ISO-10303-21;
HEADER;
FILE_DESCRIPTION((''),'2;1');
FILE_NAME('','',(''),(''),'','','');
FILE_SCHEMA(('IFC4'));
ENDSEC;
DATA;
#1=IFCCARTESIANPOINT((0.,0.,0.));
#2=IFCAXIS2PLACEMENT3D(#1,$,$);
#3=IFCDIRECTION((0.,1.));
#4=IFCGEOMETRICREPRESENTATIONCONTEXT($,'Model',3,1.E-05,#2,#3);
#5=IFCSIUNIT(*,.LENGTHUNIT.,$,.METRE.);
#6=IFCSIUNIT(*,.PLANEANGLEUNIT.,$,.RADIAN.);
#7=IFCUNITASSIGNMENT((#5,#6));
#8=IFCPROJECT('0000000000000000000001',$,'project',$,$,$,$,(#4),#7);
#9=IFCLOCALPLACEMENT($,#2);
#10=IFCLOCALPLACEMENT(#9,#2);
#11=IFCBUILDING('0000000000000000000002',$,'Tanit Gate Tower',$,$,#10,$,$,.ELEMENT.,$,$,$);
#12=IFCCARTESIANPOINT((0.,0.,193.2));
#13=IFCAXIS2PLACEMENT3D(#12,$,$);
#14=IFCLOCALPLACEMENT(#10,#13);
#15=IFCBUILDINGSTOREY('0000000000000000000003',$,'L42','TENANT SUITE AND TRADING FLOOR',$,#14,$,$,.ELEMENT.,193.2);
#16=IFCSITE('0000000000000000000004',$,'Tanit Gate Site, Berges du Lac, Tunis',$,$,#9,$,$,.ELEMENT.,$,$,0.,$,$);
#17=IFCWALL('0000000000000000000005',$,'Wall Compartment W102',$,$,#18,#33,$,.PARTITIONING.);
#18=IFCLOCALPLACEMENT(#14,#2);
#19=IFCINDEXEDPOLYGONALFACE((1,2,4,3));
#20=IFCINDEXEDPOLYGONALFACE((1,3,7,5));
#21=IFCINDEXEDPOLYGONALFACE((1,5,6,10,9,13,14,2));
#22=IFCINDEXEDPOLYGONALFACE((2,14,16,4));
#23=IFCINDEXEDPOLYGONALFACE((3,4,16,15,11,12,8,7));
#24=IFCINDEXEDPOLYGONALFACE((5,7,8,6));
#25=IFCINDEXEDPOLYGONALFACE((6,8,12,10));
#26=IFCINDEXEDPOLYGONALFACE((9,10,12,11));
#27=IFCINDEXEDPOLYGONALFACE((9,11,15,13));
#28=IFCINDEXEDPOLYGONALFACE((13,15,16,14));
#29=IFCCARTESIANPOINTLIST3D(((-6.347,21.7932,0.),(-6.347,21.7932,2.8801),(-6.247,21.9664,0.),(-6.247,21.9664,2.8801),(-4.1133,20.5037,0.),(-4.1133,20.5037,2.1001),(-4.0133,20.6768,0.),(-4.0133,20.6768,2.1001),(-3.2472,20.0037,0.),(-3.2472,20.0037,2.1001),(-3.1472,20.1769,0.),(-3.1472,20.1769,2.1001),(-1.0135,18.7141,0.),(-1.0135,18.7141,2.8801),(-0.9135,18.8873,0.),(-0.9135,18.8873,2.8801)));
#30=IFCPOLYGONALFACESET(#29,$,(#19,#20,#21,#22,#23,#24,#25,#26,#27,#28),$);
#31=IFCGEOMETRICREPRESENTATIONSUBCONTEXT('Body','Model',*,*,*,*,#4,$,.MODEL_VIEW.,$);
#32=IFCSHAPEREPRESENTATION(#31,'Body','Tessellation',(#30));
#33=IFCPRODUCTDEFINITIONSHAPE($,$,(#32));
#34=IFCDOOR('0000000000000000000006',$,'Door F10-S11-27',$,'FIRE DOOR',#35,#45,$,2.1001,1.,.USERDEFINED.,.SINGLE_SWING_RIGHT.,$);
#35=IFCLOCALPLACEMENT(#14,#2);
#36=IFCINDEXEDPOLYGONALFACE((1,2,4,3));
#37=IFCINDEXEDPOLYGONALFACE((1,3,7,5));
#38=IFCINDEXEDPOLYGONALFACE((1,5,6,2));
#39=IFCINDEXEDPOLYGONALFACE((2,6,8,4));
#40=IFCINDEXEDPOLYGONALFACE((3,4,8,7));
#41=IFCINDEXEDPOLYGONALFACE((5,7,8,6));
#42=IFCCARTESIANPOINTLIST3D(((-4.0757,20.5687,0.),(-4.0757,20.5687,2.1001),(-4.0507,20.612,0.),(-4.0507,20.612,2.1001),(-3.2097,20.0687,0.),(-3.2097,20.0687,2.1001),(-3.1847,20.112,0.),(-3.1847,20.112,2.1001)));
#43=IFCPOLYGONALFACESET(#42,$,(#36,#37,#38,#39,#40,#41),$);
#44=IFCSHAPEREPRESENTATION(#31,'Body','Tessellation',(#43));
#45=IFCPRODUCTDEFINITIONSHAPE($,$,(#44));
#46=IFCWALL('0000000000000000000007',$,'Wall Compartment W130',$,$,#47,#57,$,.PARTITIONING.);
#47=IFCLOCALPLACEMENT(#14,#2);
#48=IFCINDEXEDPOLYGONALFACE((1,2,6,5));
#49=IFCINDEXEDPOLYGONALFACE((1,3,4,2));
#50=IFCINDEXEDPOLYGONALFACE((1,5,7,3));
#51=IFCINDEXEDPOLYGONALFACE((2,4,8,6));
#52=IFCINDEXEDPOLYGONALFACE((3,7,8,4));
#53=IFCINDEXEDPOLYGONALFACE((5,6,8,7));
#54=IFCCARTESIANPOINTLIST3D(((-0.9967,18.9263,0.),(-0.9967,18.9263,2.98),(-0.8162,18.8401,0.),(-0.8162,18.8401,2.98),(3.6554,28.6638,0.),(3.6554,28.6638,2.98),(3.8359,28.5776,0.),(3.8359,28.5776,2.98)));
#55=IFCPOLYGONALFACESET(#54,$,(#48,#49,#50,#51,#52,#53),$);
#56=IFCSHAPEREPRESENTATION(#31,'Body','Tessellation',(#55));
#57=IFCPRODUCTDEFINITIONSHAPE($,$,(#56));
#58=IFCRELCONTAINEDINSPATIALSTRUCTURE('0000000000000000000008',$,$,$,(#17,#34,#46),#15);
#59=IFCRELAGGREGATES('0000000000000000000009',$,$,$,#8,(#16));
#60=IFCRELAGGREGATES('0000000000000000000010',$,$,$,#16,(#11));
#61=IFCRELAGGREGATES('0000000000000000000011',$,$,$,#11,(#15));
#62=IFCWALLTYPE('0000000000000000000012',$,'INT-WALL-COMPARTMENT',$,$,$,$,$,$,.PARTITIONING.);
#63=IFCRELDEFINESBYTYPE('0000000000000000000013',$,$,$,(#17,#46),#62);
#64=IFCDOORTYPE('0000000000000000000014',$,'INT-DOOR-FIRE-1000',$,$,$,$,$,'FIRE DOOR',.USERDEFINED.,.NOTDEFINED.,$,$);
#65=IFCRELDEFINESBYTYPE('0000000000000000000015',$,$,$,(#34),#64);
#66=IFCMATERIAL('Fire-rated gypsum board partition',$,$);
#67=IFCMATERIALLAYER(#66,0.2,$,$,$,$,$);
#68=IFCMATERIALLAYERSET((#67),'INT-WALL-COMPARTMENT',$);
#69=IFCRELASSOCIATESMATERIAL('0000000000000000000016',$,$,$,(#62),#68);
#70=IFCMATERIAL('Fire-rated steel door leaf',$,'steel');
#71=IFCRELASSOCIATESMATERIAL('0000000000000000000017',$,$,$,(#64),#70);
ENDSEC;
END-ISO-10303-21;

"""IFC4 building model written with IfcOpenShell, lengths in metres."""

from ifc_helpers import new_model, si_unit, direction, frame, frame_2d, origin, place, context, subcontext, project, spatial, rectangle, extrude, material, layer, layer_set, type_object, element, fill, save


model = new_model("IFC4")

# Units and contexts
model_context = context("Model", 3, precision=1e-05, world=origin(), true_north=direction((0.0, 1.0)))
body_context = subcontext(model_context, "Body", "Model", "MODEL_VIEW")
ifc_project = project(units=[si_unit("LENGTHUNIT", "METRE"), si_unit("PLANEANGLEUNIT", "RADIAN")], contexts=[model_context])

# Site, building, storey
site_placement = place(None, origin())
site = spatial("IfcSite", under=ifc_project, at=site_placement, Name="Tanit Gate Site, Berges du Lac, Tunis", CompositionType="ELEMENT", RefElevation=0.0)
building_placement = place(site_placement, origin())
building = spatial("IfcBuilding", under=site, at=building_placement, Name="Tanit Gate Tower", CompositionType="ELEMENT")
storey_placement = place(building_placement, frame((0.0, 0.0, 193.2)))
storey = spatial("IfcBuildingStorey", under=building, at=storey_placement, Name="L42", Description="TENANT SUITE AND TRADING FLOOR", CompositionType="ELEMENT", Elevation=193.2)

# Shared definitions
ifc_material_1 = material(Name="Fire-rated gypsum board partition")
ifc_layer_1 = layer(ifc_material_1, 0.2)
ifc_layer_set_1 = layer_set([ifc_layer_1], Name="INT-WALL-COMPARTMENT")
wall_type = type_object("IfcWallType", Name="INT-WALL-COMPARTMENT", PredefinedType="PARTITIONING", material=ifc_layer_set_1)

# Wall, opening, door
wall_1_placement = place(storey_placement, frame((-0.9636, 18.8008, 0.0), z_axis=(0.0, 0.0, 1.0), x_axis=(-0.866039, 0.499976, 0.0)))
wall_1 = element("IfcWall", 1, at=wall_1_placement, inside=storey, type_object=wall_type, Name="Wall Compartment W102", PredefinedType="PARTITIONING", context=body_context, shape_type="SweptSolid", body=[
    extrude(rectangle(XDim=6.1584, YDim=0.2, at=frame_2d((3.0791, 0.0))), origin(), (0.0, 0.0, 1.0), 2.8801),
])
opening_1_placement = place(wall_1_placement, frame((2.5791, 0.0, 0.0)))
opening_1 = element("IfcOpeningElement", 2, at=opening_1_placement, cuts=wall_1, PredefinedType="OPENING", context=body_context, shape_type="SweptSolid", body=[
    extrude(rectangle(XDim=1.0, YDim=2.1001, at=frame_2d((0.5, 1.05))), frame((0.0, 0.1099, 0.0), z_axis=(0.0, -1.0, 0.0), x_axis=(1.0, 0.0, 0.0)), (0.0, 0.0, 1.0), 0.22),
])
ifc_material_2 = material(Name="Fire-rated steel door leaf", Category="steel")
door_type_1 = type_object("IfcDoorType", Name="INT-DOOR-FIRE-1000", ElementType="FIRE DOOR", OperationType="NOTDEFINED", PredefinedType="USERDEFINED", material=ifc_material_2)
door_1_placement = place(opening_1_placement, origin())
door_1 = element("IfcDoor", 3, at=door_1_placement, inside=storey, type_object=door_type_1, Name="Door F10-S11-27", ObjectType="FIRE DOOR", OperationType="SINGLE_SWING_RIGHT", OverallHeight=2.1001, OverallWidth=1.0, PredefinedType="USERDEFINED", context=body_context, shape_type="SweptSolid", body=[
    extrude(rectangle(XDim=1.0, YDim=2.1001, at=frame_2d((0.5, 1.05))), frame((0.0, 0.0249, 0.0), z_axis=(0.0, -1.0, 0.0), x_axis=(1.0, 0.0, 0.0)), (0.0, 0.0, 1.0), 0.05),
])
fill(opening_1, door_1)

# Wall
wall_2_placement = place(storey_placement, frame((-0.9065, 18.8831, 0.0), z_axis=(0.0, 0.0, 1.0), x_axis=(0.431079, 0.902314, 0.0)))
element("IfcWall", 4, at=wall_2_placement, inside=storey, type_object=wall_type, Name="Wall Compartment W130", PredefinedType="PARTITIONING", context=body_context, shape_type="SweptSolid", body=[
    extrude(rectangle(XDim=10.7917, YDim=0.2, at=frame_2d((5.396, 0.0))), origin(), (0.0, 0.0, 1.0), 2.98),
])

save(model, "model.ifc")
